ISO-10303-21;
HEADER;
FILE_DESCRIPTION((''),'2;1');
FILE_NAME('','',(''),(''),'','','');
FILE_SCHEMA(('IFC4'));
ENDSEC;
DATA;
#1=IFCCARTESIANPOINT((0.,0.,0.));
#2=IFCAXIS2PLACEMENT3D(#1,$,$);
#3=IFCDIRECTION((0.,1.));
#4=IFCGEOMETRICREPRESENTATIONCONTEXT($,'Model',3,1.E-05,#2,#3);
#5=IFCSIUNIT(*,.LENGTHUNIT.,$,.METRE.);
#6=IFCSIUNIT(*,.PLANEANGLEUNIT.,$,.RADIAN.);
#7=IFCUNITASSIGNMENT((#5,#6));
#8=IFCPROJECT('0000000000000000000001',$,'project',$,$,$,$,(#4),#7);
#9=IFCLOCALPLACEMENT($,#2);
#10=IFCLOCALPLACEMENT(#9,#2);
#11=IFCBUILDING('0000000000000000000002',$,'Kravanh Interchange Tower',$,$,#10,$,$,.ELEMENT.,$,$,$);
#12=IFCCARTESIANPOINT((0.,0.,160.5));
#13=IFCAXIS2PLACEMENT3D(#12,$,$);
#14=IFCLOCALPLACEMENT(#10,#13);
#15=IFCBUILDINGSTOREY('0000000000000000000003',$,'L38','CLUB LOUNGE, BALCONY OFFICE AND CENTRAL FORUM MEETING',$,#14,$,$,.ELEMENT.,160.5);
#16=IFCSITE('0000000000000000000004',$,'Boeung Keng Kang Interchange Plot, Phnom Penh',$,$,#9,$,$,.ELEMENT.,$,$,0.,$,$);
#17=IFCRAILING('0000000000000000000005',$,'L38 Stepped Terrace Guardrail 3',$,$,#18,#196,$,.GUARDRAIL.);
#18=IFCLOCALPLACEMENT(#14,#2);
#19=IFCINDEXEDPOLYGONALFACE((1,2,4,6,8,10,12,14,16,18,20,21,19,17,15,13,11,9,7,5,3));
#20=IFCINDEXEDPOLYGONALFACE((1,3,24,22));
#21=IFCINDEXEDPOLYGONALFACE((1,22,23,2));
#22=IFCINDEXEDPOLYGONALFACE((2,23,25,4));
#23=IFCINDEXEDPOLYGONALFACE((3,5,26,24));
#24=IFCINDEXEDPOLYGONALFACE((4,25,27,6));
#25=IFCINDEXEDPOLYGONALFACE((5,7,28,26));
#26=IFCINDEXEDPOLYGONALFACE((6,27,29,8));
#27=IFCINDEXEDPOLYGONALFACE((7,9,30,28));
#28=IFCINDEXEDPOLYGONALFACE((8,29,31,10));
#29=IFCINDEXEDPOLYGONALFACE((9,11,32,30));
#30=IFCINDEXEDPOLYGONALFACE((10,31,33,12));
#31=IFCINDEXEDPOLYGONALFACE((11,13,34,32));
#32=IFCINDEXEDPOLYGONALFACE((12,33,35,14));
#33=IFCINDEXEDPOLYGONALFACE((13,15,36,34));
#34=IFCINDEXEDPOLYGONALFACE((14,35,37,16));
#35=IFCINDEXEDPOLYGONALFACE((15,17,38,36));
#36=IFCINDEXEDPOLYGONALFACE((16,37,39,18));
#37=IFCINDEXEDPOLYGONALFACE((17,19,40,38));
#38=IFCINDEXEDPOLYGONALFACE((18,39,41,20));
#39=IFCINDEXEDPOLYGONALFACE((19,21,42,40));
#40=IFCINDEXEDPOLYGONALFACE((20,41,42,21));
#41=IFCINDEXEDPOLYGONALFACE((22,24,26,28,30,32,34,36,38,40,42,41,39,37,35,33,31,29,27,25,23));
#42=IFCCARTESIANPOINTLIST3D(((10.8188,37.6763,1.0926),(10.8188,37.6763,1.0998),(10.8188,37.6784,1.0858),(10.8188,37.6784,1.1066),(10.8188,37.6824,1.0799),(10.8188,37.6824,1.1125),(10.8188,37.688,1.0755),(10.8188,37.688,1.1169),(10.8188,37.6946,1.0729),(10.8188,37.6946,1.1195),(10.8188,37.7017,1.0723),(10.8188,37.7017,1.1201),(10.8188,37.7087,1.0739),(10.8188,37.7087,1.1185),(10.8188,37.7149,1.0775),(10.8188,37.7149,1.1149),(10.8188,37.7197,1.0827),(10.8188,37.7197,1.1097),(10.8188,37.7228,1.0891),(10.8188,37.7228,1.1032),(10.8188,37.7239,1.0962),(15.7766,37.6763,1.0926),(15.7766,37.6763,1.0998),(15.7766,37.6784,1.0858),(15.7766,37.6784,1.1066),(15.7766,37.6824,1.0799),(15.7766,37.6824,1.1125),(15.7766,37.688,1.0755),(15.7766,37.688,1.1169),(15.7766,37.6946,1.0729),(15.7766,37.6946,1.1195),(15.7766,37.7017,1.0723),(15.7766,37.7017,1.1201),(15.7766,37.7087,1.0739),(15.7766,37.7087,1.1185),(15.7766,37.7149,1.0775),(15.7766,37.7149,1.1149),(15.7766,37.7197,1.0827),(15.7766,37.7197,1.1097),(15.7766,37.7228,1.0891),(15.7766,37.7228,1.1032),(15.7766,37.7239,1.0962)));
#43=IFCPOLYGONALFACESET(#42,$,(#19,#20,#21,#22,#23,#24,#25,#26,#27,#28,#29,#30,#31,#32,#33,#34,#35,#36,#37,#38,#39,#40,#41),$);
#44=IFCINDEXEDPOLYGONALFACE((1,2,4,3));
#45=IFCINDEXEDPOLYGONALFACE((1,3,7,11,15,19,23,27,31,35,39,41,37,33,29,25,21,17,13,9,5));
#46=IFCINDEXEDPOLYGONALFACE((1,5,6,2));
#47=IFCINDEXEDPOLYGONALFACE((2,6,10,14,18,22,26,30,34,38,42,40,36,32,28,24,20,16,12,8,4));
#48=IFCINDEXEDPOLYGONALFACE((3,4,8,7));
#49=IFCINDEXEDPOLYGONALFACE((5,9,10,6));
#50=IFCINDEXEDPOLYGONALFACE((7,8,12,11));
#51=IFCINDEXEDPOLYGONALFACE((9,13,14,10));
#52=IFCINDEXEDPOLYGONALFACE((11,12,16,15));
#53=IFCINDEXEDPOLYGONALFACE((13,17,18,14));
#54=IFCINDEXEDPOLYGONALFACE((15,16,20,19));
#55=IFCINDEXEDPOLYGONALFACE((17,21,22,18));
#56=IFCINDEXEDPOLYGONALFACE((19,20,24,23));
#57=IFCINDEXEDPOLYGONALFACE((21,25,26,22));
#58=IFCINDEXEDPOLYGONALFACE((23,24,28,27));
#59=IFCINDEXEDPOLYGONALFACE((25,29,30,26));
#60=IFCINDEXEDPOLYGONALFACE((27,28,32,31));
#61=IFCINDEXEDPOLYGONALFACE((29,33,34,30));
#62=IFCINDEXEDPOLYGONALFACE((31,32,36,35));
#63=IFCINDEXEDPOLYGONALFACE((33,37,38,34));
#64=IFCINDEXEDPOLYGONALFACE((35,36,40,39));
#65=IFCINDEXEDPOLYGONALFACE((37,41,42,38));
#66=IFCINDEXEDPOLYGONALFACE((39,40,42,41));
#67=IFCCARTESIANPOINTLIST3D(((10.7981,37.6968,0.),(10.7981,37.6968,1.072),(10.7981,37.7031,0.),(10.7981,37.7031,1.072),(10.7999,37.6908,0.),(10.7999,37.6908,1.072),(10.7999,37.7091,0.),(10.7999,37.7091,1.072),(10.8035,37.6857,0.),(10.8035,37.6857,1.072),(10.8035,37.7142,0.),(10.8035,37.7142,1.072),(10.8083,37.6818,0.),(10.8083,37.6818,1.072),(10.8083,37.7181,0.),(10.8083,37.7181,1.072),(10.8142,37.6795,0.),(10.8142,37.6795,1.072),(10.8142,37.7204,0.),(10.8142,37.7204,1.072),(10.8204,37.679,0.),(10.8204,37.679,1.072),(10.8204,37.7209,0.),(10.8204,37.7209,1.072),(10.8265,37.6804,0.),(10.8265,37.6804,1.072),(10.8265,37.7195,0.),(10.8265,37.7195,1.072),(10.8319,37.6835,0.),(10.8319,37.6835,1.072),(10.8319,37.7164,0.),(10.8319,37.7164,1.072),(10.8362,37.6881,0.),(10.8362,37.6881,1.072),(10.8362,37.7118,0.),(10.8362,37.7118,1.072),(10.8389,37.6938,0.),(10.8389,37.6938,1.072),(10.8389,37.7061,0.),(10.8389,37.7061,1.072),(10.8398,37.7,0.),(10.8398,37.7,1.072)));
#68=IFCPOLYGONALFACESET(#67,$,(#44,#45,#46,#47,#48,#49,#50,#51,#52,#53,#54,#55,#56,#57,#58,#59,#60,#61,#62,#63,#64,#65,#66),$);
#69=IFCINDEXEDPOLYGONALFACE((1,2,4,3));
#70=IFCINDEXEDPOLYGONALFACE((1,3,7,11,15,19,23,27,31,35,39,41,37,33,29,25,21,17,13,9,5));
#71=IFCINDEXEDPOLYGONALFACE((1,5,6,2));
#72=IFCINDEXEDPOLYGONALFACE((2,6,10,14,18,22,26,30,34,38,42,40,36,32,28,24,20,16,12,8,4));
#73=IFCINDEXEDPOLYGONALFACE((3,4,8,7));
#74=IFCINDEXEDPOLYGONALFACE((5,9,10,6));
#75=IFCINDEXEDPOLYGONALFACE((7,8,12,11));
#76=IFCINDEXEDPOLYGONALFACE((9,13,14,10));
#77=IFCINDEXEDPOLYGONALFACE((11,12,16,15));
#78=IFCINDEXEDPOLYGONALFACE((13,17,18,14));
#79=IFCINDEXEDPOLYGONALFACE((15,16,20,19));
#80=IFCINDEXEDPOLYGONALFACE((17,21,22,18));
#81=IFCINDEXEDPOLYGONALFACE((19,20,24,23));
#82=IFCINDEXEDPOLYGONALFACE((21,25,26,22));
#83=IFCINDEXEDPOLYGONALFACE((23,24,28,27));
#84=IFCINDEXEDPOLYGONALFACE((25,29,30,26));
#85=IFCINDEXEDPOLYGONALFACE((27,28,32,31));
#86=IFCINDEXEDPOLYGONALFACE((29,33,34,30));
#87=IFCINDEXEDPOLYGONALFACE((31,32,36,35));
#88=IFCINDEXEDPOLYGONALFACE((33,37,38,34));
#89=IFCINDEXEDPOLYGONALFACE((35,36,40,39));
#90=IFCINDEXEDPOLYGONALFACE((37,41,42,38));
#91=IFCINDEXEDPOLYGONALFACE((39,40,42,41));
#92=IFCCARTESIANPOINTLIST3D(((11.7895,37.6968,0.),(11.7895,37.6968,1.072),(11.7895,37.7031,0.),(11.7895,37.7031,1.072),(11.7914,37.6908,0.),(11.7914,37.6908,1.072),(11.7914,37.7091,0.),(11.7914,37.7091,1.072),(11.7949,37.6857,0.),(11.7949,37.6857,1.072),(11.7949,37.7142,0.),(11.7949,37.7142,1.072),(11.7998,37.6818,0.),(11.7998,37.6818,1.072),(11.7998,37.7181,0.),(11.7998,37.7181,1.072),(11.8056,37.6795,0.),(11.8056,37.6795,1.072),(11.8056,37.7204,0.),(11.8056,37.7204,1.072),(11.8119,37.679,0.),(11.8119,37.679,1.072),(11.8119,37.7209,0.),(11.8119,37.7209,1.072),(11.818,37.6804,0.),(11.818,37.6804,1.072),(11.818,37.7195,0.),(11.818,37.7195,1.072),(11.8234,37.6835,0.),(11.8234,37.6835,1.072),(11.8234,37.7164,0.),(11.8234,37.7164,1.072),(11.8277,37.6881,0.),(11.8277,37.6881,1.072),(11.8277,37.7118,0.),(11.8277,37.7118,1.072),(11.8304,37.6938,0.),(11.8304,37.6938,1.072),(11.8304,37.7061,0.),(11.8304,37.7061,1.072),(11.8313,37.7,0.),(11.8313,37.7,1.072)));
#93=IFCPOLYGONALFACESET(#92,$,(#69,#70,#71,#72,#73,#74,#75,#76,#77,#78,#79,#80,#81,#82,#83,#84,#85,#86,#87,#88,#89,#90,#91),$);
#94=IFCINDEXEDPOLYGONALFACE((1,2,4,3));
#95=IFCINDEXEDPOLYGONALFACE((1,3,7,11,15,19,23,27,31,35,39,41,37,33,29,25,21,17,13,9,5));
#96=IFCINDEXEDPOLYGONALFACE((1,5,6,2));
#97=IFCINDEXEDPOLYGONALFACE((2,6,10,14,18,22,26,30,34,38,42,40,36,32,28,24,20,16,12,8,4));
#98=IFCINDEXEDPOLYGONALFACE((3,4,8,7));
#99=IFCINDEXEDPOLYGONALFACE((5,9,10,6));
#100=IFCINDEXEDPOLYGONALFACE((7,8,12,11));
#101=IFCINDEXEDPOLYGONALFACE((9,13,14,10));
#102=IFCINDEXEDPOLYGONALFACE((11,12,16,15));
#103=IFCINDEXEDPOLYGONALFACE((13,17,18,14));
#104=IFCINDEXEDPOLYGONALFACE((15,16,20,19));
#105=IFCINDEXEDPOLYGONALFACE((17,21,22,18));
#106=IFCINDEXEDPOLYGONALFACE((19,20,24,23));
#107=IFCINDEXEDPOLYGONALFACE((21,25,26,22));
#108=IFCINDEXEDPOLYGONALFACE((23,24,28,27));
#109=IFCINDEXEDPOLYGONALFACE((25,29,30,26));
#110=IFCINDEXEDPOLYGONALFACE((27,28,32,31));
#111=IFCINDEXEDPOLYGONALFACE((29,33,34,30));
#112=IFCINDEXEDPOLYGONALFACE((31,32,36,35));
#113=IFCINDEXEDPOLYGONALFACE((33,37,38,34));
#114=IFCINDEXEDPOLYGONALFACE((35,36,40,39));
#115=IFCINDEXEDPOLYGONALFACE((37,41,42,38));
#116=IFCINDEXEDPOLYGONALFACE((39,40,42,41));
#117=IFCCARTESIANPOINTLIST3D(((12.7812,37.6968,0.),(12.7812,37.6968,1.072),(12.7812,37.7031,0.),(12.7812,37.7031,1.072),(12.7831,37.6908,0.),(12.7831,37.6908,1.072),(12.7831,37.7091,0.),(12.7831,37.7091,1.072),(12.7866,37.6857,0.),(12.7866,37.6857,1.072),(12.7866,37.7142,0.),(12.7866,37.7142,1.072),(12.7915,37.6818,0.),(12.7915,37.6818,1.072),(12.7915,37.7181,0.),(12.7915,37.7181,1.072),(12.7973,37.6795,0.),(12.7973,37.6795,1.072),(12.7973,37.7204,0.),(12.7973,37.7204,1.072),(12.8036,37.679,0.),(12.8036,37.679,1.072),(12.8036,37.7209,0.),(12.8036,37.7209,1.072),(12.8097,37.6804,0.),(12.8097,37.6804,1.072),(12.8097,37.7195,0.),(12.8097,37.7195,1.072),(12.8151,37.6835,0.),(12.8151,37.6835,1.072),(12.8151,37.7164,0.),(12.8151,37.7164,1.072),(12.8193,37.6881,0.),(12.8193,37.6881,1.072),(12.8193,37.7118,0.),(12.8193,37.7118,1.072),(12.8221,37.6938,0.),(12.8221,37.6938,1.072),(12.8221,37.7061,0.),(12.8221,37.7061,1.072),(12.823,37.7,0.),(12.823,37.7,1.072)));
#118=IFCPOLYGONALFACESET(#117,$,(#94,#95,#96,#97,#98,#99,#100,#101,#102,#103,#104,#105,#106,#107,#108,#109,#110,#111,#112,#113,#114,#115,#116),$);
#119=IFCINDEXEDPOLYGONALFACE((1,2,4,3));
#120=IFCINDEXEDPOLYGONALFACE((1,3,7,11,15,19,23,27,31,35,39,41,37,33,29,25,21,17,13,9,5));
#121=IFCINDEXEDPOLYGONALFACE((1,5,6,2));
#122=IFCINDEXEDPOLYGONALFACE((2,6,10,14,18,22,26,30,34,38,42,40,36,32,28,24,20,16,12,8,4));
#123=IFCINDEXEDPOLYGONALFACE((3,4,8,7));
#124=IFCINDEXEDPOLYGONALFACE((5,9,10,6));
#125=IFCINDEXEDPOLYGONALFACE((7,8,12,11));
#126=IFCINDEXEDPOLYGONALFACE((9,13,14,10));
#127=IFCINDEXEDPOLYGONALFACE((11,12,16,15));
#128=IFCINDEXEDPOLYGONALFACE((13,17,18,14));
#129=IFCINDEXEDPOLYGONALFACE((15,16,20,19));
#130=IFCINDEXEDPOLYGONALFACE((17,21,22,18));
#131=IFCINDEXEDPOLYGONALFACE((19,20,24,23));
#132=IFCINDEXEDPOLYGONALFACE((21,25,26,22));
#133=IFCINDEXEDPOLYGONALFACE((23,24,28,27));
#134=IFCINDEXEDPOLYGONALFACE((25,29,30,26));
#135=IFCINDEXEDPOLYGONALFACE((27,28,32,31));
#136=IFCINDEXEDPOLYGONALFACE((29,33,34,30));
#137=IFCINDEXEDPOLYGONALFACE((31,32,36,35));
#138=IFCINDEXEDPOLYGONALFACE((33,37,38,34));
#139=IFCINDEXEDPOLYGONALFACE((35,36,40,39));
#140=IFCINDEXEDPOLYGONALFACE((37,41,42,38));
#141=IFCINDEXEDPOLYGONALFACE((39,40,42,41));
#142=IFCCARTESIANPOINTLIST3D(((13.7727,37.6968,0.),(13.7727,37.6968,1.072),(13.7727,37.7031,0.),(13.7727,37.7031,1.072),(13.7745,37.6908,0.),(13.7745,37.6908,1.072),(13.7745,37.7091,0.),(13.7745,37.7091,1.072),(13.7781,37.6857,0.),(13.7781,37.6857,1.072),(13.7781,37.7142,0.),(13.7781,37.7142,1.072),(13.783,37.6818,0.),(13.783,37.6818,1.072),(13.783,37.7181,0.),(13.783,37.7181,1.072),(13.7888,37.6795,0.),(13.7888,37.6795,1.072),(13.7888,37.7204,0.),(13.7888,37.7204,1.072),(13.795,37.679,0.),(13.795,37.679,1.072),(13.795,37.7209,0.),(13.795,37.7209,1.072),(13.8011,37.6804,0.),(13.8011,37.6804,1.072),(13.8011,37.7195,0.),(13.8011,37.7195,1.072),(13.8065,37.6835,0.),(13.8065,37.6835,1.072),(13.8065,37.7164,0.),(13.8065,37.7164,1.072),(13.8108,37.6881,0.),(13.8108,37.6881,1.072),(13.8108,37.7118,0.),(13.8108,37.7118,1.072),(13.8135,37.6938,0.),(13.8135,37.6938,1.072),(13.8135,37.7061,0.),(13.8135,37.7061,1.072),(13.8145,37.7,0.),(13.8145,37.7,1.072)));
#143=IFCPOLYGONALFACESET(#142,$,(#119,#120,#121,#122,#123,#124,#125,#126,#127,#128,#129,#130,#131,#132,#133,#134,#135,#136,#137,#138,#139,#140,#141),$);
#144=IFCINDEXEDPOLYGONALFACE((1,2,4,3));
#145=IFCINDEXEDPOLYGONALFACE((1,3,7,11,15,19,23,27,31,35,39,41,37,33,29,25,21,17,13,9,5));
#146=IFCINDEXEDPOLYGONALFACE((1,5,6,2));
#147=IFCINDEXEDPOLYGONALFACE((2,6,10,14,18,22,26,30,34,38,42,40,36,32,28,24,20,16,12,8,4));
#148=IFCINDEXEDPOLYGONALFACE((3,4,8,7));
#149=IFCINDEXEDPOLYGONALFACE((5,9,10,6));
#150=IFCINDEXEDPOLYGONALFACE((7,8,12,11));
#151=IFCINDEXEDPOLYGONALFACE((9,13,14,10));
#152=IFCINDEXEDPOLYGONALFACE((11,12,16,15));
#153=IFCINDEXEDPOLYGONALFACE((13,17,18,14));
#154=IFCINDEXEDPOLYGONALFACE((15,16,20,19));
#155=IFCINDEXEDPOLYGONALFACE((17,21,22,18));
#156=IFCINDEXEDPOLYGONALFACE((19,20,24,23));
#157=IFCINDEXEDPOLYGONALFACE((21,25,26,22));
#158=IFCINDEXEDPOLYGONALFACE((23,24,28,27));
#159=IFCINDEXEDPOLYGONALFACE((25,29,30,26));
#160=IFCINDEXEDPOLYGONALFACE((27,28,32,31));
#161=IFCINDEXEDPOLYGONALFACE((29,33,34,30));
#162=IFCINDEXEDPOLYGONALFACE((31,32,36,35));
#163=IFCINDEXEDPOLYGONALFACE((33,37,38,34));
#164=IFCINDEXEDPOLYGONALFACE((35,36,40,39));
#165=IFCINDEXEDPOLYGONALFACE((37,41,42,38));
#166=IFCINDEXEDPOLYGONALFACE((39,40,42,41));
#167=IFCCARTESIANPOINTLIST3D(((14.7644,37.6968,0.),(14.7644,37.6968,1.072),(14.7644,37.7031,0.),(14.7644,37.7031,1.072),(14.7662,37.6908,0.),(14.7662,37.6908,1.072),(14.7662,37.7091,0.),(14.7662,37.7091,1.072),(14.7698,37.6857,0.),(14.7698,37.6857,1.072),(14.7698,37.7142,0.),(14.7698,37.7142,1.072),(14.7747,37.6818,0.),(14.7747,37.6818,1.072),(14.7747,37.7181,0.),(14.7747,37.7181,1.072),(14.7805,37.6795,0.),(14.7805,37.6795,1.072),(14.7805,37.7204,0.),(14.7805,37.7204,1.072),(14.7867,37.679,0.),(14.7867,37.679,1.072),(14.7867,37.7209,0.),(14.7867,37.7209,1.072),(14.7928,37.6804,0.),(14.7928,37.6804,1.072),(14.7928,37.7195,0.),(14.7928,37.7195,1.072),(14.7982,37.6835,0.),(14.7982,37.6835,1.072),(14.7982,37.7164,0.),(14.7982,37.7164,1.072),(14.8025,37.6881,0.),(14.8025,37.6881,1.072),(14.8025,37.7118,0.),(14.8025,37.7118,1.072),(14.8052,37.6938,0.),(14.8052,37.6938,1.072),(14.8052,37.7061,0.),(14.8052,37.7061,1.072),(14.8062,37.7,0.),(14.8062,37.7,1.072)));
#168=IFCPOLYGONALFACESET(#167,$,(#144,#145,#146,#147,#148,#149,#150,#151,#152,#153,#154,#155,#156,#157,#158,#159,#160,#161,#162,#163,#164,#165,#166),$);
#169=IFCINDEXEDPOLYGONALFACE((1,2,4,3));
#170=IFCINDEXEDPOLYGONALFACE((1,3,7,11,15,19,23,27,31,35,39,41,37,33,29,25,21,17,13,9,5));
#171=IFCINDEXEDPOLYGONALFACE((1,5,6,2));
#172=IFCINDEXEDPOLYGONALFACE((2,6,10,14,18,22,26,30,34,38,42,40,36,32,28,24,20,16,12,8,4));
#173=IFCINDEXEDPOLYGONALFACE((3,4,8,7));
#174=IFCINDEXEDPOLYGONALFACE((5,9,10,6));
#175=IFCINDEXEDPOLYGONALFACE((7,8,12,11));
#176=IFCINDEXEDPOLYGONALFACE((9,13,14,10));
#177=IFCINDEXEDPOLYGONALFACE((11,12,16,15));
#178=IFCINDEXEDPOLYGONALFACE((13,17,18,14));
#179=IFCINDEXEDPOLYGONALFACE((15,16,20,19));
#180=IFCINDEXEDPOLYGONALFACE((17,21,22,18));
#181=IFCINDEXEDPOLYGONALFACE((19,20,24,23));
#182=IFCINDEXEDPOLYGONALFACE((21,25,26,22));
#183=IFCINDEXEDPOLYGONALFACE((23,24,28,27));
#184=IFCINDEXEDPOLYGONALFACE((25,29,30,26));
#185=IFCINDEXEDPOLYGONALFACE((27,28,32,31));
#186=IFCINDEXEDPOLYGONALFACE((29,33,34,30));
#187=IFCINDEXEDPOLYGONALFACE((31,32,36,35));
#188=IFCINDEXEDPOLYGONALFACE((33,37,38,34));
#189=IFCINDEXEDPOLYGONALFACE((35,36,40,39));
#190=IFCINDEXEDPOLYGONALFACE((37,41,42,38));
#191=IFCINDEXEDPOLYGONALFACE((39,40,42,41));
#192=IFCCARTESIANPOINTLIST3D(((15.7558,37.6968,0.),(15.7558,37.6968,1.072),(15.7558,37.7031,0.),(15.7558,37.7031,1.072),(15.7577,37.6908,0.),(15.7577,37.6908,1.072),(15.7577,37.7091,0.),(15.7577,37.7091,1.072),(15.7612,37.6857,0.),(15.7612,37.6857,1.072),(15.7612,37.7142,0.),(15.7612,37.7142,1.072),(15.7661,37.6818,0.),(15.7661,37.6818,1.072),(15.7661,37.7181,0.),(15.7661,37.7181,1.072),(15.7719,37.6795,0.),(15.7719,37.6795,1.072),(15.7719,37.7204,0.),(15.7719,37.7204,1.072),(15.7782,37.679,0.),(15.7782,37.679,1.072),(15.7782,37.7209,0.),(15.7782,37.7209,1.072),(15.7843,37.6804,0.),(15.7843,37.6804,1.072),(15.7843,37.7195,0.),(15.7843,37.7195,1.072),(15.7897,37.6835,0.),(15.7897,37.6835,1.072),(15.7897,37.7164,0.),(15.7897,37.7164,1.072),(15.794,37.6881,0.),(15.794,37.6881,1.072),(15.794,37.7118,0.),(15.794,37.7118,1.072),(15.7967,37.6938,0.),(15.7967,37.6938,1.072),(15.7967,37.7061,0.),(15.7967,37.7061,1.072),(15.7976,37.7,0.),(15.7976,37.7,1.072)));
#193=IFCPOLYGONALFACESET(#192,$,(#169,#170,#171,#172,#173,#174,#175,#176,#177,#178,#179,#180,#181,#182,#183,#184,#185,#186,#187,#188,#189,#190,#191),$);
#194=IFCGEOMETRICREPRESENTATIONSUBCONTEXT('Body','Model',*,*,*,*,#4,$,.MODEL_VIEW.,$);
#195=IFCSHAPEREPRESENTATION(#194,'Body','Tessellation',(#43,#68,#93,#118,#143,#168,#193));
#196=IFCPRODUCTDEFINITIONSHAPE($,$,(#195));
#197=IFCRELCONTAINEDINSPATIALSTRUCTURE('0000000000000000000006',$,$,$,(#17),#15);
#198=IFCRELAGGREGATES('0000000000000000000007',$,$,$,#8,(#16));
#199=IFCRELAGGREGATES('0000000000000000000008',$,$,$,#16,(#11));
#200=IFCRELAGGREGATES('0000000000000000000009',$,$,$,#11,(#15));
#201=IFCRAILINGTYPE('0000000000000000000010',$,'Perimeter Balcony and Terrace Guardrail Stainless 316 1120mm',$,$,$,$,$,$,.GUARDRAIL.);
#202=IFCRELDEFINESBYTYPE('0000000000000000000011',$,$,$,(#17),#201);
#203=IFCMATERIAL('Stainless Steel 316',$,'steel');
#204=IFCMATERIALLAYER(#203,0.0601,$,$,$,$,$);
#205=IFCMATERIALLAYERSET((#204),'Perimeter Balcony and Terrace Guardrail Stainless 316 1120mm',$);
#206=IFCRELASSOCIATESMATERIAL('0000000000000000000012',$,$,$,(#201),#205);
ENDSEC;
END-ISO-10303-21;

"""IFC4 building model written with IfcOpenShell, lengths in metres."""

from ifc_helpers import new_model, si_unit, direction, frame, origin, origin_2d, place, context, subcontext, project, spatial, circle, extrude, material, layer, layer_set, type_object, element, save


model = new_model("IFC4")

# Units and contexts
model_context = context("Model", 3, precision=1e-05, world=origin(), true_north=direction((0.0, 1.0)))
body_context = subcontext(model_context, "Body", "Model", "MODEL_VIEW")
ifc_project = project(units=[si_unit("LENGTHUNIT", "METRE"), si_unit("PLANEANGLEUNIT", "RADIAN")], contexts=[model_context])

# Site, building, storey
site_placement = place(None, origin())
site = spatial("IfcSite", under=ifc_project, at=site_placement, Name="Boeung Keng Kang Interchange Plot, Phnom Penh", CompositionType="ELEMENT", RefElevation=0.0)
building_placement = place(site_placement, origin())
building = spatial("IfcBuilding", under=site, at=building_placement, Name="Kravanh Interchange Tower", CompositionType="ELEMENT")
storey_placement = place(building_placement, frame((0.0, 0.0, 160.5)))
storey = spatial("IfcBuildingStorey", under=building, at=storey_placement, Name="L38", Description="CLUB LOUNGE, BALCONY OFFICE AND CENTRAL FORUM MEETING", CompositionType="ELEMENT", Elevation=160.5)

# Railing
ifc_material_1 = material(Name="Stainless Steel 316", Category="steel")
ifc_layer_1 = layer(ifc_material_1, 0.0601)
ifc_layer_set_1 = layer_set([ifc_layer_1], Name="Perimeter Balcony and Terrace Guardrail Stainless 316 1120mm")
railing_type = type_object("IfcRailingType", Name="Perimeter Balcony and Terrace Guardrail Stainless 316 1120mm", PredefinedType="GUARDRAIL", material=ifc_layer_set_1)
railing_placement = place(storey_placement, frame((10.8188, 37.7, 0.0)))
element("IfcRailing", 1, at=railing_placement, inside=storey, type_object=railing_type, Name="L38 Stepped Terrace Guardrail 3", PredefinedType="GUARDRAIL", context=body_context, shape_type="SweptSolid", body=[
    extrude(circle(Radius=0.0239, at=origin_2d()), frame((0.0, 0.0, 1.0962), z_axis=(1.0, 0.0, 0.0), x_axis=(0.0, 1.0, 0.0)), (0.0, 0.0, 1.0), 4.9578),
    extrude(circle(Radius=0.021, at=origin_2d()), origin(), (0.0, 0.0, 1.0), 1.072),
    extrude(circle(Radius=0.021, at=origin_2d()), frame((0.9915, 0.0, 0.0)), (0.0, 0.0, 1.0), 1.072),
    extrude(circle(Radius=0.021, at=origin_2d()), frame((1.9832, 0.0, 0.0)), (0.0, 0.0, 1.0), 1.072),
    extrude(circle(Radius=0.021, at=origin_2d()), frame((2.9746, 0.0, 0.0)), (0.0, 0.0, 1.0), 1.072),
    extrude(circle(Radius=0.021, at=origin_2d()), frame((3.9663, 0.0, 0.0)), (0.0, 0.0, 1.0), 1.072),
    extrude(circle(Radius=0.021, at=origin_2d()), frame((4.9578, 0.0, 0.0)), (0.0, 0.0, 1.0), 1.072),
])

save(model, "model.ifc")
